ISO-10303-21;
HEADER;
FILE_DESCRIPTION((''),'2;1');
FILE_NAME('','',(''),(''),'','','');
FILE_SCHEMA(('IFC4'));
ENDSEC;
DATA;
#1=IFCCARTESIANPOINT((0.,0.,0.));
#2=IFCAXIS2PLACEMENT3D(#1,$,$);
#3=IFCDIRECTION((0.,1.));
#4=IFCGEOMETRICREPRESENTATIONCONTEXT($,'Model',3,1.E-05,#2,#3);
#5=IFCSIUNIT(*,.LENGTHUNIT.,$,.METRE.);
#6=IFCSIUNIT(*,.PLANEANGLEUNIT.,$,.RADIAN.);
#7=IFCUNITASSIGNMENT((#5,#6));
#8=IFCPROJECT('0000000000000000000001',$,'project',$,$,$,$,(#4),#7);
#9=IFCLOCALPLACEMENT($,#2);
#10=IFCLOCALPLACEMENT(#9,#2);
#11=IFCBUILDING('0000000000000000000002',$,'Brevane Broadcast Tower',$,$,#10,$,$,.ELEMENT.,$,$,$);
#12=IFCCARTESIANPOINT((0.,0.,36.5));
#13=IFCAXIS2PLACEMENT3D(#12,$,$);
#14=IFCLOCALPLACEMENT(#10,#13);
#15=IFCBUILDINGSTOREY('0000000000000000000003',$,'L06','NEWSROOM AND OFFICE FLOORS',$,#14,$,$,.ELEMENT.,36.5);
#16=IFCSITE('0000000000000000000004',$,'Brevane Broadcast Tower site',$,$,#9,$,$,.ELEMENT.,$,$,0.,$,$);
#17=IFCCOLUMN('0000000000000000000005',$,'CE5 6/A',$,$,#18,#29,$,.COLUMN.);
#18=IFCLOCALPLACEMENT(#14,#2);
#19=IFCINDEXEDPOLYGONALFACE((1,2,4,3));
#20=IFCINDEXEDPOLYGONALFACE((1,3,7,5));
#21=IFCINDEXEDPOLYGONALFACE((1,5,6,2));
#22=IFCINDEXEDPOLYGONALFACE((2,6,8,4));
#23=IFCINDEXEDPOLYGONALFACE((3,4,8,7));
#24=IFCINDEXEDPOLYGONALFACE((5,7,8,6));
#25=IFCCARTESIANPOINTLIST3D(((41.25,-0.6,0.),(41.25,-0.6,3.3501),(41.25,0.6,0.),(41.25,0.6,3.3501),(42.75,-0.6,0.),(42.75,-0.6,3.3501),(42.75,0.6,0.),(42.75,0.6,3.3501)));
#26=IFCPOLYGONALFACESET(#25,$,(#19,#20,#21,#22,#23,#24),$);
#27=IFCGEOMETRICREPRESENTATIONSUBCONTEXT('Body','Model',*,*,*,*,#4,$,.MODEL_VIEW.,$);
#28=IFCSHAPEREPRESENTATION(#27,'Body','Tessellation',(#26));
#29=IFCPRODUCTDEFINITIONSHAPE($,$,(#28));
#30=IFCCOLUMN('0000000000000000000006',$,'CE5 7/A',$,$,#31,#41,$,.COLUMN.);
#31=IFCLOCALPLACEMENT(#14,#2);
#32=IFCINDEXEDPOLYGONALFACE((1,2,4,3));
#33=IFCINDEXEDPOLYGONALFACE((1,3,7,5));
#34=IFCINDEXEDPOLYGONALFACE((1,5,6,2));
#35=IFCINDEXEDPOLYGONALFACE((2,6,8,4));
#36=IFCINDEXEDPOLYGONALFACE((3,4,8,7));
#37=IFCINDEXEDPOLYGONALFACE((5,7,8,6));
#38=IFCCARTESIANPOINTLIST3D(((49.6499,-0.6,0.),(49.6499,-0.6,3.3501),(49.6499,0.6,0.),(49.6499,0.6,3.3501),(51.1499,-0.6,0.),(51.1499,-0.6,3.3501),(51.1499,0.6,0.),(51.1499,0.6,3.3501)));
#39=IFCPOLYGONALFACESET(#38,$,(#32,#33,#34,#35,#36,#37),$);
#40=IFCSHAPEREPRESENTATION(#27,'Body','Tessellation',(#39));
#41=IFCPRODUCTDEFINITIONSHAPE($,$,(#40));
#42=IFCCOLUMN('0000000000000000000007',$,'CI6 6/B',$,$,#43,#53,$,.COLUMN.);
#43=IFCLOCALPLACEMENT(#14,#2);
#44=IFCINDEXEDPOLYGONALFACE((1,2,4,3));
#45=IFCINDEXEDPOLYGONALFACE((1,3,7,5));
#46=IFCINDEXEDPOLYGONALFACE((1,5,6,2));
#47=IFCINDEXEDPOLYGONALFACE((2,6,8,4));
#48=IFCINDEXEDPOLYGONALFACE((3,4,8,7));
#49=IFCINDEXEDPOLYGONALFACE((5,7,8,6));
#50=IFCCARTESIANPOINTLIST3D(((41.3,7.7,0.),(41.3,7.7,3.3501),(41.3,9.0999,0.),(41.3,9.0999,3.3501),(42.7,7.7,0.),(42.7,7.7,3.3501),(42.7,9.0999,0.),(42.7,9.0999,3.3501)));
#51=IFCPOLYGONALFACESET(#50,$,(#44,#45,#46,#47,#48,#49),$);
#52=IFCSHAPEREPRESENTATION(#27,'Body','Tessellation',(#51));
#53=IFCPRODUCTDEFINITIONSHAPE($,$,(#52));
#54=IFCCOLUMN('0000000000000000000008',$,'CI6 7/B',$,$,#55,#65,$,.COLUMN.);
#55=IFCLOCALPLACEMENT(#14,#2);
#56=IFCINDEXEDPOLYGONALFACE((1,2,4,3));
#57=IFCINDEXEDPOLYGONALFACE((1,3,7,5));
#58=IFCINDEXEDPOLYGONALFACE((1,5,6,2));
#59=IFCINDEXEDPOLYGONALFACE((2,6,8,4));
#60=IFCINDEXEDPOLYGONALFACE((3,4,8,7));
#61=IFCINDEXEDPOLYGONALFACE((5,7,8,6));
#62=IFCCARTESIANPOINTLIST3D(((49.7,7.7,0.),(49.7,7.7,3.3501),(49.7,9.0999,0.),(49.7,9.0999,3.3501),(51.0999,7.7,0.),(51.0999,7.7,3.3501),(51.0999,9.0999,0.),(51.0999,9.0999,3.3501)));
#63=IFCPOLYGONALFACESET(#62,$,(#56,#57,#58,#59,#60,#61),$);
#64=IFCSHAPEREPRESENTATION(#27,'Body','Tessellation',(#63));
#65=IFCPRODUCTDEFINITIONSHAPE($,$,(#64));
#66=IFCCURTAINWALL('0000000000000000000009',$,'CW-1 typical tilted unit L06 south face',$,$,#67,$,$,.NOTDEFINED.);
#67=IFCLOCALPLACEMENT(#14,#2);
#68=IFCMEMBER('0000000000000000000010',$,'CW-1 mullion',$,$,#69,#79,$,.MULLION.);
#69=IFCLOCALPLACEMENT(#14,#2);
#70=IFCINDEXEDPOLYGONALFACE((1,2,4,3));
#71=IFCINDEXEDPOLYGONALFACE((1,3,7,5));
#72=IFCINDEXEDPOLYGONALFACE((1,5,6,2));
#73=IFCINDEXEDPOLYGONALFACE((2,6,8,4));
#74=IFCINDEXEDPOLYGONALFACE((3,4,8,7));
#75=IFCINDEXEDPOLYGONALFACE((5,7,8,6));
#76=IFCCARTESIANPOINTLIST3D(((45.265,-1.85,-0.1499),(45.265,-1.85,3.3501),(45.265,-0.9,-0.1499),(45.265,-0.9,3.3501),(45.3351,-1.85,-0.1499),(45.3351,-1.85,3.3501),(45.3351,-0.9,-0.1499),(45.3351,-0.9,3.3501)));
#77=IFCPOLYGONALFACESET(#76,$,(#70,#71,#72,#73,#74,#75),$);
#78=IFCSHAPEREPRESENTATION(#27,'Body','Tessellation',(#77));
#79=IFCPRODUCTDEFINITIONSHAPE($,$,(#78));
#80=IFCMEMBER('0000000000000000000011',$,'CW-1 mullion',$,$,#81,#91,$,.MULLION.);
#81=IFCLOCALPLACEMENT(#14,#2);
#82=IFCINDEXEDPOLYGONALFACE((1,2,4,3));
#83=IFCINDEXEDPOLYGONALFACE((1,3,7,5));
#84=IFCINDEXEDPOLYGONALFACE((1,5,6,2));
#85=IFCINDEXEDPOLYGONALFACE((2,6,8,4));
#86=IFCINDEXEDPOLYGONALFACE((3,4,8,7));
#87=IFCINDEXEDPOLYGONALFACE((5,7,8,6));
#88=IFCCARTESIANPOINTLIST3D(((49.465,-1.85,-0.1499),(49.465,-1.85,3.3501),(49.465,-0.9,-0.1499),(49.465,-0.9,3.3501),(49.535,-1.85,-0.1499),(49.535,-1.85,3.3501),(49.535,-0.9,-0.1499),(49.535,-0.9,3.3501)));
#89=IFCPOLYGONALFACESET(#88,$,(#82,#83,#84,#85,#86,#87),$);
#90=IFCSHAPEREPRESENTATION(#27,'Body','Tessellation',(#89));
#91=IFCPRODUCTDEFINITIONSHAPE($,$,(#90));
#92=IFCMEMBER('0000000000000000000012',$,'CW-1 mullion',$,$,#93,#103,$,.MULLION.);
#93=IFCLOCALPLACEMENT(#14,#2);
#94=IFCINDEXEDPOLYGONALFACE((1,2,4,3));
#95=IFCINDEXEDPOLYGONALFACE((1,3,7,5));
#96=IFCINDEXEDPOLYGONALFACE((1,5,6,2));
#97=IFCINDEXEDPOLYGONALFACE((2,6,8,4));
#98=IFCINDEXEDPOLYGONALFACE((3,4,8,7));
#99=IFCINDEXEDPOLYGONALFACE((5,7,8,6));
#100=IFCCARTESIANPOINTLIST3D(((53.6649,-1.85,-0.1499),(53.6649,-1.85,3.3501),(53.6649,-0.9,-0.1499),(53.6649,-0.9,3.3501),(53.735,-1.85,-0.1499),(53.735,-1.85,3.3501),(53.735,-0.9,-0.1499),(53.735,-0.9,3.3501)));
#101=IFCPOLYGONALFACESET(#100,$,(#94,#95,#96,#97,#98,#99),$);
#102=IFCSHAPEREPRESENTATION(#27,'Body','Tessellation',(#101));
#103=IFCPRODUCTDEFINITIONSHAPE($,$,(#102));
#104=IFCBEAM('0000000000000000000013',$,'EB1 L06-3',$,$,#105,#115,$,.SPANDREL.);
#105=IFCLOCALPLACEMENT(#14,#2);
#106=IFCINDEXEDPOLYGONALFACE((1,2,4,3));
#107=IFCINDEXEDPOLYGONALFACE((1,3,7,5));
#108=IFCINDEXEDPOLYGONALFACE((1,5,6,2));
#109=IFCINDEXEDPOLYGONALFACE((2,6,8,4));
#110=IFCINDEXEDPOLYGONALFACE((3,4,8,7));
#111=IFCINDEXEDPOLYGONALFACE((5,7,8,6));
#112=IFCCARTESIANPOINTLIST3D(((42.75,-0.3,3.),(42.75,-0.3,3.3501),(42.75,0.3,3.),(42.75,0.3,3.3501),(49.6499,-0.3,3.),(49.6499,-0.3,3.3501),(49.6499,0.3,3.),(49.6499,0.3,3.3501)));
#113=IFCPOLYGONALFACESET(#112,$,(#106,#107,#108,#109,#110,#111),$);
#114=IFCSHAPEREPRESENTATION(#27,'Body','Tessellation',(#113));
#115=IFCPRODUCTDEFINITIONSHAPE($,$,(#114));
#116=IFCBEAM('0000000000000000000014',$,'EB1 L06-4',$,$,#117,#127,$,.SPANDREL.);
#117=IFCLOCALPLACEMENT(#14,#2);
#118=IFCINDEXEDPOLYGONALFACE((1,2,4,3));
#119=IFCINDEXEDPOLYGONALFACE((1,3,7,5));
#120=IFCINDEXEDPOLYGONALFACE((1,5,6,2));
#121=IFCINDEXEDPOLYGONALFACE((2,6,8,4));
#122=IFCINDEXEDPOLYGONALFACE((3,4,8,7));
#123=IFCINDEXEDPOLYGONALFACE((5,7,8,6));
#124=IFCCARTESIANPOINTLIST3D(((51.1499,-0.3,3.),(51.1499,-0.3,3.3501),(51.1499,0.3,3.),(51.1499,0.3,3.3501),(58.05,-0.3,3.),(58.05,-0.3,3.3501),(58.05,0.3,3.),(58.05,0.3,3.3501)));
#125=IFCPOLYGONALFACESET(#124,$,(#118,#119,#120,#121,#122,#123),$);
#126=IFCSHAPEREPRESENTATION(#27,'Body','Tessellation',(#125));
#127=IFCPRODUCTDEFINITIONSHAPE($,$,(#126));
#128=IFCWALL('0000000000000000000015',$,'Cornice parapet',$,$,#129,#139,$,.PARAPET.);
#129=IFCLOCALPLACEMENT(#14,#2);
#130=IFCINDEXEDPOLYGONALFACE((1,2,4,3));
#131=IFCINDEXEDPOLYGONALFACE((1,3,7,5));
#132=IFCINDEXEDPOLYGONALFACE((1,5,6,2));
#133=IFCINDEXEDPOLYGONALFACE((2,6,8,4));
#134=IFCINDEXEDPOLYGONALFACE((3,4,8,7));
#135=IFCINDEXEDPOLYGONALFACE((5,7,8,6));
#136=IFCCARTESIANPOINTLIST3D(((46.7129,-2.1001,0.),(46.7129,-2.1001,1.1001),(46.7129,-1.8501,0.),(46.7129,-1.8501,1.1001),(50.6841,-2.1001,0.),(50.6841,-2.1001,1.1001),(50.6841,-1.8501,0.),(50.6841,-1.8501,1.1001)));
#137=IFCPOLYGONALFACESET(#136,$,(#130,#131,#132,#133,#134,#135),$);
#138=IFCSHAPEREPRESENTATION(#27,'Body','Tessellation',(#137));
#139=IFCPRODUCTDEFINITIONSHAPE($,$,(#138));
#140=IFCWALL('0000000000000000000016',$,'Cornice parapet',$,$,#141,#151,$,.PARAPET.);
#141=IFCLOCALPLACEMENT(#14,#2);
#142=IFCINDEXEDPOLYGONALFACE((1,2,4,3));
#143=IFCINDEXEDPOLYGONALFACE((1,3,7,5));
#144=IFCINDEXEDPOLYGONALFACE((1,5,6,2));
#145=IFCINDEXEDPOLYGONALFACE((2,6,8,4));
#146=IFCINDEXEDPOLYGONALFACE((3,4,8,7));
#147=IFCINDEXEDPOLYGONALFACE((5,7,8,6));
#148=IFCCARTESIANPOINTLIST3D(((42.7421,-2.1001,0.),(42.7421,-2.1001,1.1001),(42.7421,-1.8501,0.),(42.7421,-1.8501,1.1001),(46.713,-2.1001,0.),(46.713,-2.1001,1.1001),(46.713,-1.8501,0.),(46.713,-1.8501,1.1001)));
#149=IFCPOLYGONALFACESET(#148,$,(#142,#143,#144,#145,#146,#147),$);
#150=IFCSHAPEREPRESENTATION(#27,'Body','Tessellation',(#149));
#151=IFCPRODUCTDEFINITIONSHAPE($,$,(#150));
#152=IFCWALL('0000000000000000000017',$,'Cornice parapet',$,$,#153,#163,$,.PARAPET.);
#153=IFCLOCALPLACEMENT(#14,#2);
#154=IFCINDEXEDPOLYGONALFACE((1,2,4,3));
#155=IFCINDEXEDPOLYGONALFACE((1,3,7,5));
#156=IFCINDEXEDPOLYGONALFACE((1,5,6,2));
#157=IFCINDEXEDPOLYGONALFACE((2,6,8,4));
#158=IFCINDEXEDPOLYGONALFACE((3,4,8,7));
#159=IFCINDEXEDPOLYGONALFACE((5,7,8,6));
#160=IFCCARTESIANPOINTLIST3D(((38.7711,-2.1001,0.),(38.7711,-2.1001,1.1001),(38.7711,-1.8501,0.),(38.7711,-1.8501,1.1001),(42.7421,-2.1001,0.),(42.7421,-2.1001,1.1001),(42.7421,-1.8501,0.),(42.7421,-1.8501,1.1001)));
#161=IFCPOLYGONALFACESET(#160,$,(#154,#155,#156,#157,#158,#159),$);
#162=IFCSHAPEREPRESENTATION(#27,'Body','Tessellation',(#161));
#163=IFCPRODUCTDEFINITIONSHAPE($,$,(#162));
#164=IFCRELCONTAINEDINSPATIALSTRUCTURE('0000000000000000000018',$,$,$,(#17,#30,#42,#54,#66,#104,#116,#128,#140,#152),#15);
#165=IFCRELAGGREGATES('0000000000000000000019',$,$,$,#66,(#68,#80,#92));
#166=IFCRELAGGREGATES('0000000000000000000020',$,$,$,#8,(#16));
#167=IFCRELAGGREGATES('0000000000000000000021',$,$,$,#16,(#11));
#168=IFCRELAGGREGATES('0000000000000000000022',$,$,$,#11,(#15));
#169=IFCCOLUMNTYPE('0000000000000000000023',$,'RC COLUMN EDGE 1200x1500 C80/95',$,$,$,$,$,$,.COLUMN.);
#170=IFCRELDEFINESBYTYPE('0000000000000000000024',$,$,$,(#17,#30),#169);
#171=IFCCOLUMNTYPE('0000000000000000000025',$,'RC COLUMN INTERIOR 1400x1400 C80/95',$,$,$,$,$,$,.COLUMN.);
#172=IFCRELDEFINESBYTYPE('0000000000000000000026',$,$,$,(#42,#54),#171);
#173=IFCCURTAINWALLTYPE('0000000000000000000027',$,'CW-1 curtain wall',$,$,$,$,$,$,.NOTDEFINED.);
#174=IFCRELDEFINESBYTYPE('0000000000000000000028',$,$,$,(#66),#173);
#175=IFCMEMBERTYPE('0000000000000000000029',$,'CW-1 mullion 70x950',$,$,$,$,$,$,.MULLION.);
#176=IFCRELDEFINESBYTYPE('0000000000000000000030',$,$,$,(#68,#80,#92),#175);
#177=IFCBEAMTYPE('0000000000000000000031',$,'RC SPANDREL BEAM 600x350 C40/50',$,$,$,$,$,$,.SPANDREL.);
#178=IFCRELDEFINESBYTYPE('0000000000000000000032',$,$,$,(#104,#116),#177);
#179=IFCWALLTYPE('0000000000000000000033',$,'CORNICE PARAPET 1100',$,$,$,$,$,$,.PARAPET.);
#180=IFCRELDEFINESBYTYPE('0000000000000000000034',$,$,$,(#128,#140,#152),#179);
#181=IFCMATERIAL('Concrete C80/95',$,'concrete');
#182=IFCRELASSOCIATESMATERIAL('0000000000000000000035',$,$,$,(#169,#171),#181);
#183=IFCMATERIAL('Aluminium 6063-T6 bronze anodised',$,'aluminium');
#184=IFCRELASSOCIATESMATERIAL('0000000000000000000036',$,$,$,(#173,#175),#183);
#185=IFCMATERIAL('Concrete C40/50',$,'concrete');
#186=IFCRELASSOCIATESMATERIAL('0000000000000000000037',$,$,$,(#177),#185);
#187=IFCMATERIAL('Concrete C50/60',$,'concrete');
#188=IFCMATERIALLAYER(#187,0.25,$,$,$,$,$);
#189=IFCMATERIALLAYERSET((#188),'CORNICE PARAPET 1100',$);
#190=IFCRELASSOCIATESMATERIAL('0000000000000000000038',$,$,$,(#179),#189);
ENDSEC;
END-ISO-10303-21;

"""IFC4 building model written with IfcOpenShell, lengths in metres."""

from ifc_helpers import new_model, si_unit, direction, frame, frame_2d, origin, origin_2d, place, context, subcontext, project, spatial, rectangle, extrude, material, layer, layer_set, material_profile, profile_set, type_object, element, aggregate, save


model = new_model("IFC4")

# Units and contexts
model_context = context("Model", 3, precision=1e-05, world=origin(), true_north=direction((0.0, 1.0)))
body_context = subcontext(model_context, "Body", "Model", "MODEL_VIEW")
ifc_project = project(units=[si_unit("LENGTHUNIT", "METRE"), si_unit("PLANEANGLEUNIT", "RADIAN")], contexts=[model_context])

# Site, building, storey
site_placement = place(None, origin())
site = spatial("IfcSite", under=ifc_project, at=site_placement, Name="Brevane Broadcast Tower site", CompositionType="ELEMENT", RefElevation=0.0)
building_placement = place(site_placement, origin())
building = spatial("IfcBuilding", under=site, at=building_placement, Name="Brevane Broadcast Tower", CompositionType="ELEMENT")
storey_placement = place(building_placement, frame((0.0, 0.0, 36.5)))
storey = spatial("IfcBuildingStorey", under=building, at=storey_placement, Name="L06", Description="NEWSROOM AND OFFICE FLOORS", CompositionType="ELEMENT", Elevation=36.5)

# Columns
ifc_material_1 = material(Name="Concrete C80/95", Category="concrete")
ifc_material_profile_1 = material_profile(ifc_material_1, rectangle(XDim=1.2, YDim=1.5, at=origin_2d()), Name="RC 1200x1500")
ifc_profile_set_1 = profile_set([ifc_material_profile_1], Name="Concrete C80/95")
column_type_1 = type_object("IfcColumnType", Name="RC COLUMN EDGE 1200x1500 C80/95", PredefinedType="COLUMN", material=ifc_profile_set_1)
for number, where, z_axis, x_axis, name in (
    (1, (42.0, 0.0, 0.0), (0.0, 0.0, 1.0), (0.0, 1.0, 0.0), "CE5 6/A"),
    (2, (50.3999, 0.0, 0.0), (0.0, 0.0, 1.0), (0.0, 1.0, 0.0), "CE5 7/A"),
):
    element("IfcColumn", number, at=place(storey_placement, frame(where, z_axis=z_axis, x_axis=x_axis)), inside=storey, type_object=column_type_1, Name=name, PredefinedType="COLUMN", context=body_context, shape_type="SweptSolid", body=[
        extrude(rectangle(XDim=1.2, YDim=1.5, at=origin_2d()), origin(), (0.0, 0.0, 1.0), 3.3501),
    ])
ifc_material_profile_2 = material_profile(ifc_material_1, rectangle(XDim=1.3999, YDim=1.3999, at=origin_2d()), Name="RC 1400x1400")
ifc_profile_set_2 = profile_set([ifc_material_profile_2], Name="Concrete C80/95")
column_type_2 = type_object("IfcColumnType", Name="RC COLUMN INTERIOR 1400x1400 C80/95", PredefinedType="COLUMN", material=ifc_profile_set_2)
for number, where, z_axis, x_axis, name in (
    (3, (42.0, 8.3999, 0.0), (0.0, 0.0, 1.0), (1.0, 0.0, 0.0), "CI6 6/B"),
    (4, (50.3999, 8.3999, 0.0), (0.0, 0.0, 1.0), (1.0, 0.0, 0.0), "CI6 7/B"),
):
    element("IfcColumn", number, at=place(storey_placement, frame(where, z_axis=z_axis, x_axis=x_axis)), inside=storey, type_object=column_type_2, Name=name, PredefinedType="COLUMN", context=body_context, shape_type="SweptSolid", body=[
        extrude(rectangle(XDim=1.3999, YDim=1.3999, at=origin_2d()), origin(), (0.0, 0.0, 1.0), 3.3501),
    ])

# Curtain wall, members
ifc_material_2 = material(Name="Aluminium 6063-T6 bronze anodised", Category="aluminium")
curtain_wall_type = type_object("IfcCurtainWallType", Name="CW-1 curtain wall", PredefinedType="NOTDEFINED", material=ifc_material_2)
curtain_wall_placement = place(storey_placement, origin())
curtain_wall = element("IfcCurtainWall", 5, at=curtain_wall_placement, inside=storey, type_object=curtain_wall_type, Name="CW-1 typical tilted unit L06 south face", PredefinedType="NOTDEFINED")
ifc_material_profile_3 = material_profile(ifc_material_2, rectangle(XDim=0.95, YDim=0.0701, at=origin_2d()), Name="RECT 70x950")
ifc_profile_set_3 = profile_set([ifc_material_profile_3], Name="Aluminium 6063-T6 bronze anodised")
member_type = type_object("IfcMemberType", Name="CW-1 mullion 70x950", PredefinedType="MULLION", material=ifc_profile_set_3)
member_1_placement = place(storey_placement, frame((45.3, -1.375, -0.1499), z_axis=(0.0, 0.0, 1.0), x_axis=(0.0, 1.0, 0.0)))
member_1 = element("IfcMember", 6, at=member_1_placement, type_object=member_type, Name="CW-1 mullion", PredefinedType="MULLION", context=body_context, shape_type="SweptSolid", body=[
    extrude(rectangle(XDim=0.95, YDim=0.0701, at=origin_2d()), origin(), (0.0, 0.0, 1.0), 3.5),
])
member_2_placement = place(storey_placement, frame((49.5, -1.375, -0.1499), z_axis=(0.0, 0.0, 1.0), x_axis=(0.0, 1.0, 0.0)))
member_2 = element("IfcMember", 7, at=member_2_placement, type_object=member_type, Name="CW-1 mullion", PredefinedType="MULLION", context=body_context, shape_type="SweptSolid", body=[
    extrude(rectangle(XDim=0.95, YDim=0.0701, at=origin_2d()), origin(), (0.0, 0.0, 1.0), 3.5),
])
member_3_placement = place(storey_placement, frame((53.7, -1.375, -0.1499), z_axis=(0.0, 0.0, 1.0), x_axis=(0.0, 1.0, 0.0)))
member_3 = element("IfcMember", 8, at=member_3_placement, type_object=member_type, Name="CW-1 mullion", PredefinedType="MULLION", context=body_context, shape_type="SweptSolid", body=[
    extrude(rectangle(XDim=0.95, YDim=0.0701, at=origin_2d()), origin(), (0.0, 0.0, 1.0), 3.5),
])
aggregate(curtain_wall, [member_1, member_2, member_3])

# Beams
ifc_material_3 = material(Name="Concrete C40/50", Category="concrete")
ifc_material_profile_4 = material_profile(ifc_material_3, rectangle(XDim=0.6001, YDim=0.3501, at=origin_2d()), Name="RC 600x350")
ifc_profile_set_4 = profile_set([ifc_material_profile_4], Name="Concrete C40/50")
beam_type = type_object("IfcBeamType", Name="RC SPANDREL BEAM 600x350 C40/50", PredefinedType="SPANDREL", material=ifc_profile_set_4)
beam_1_placement = place(storey_placement, frame((42.75, 0.0, 3.175), z_axis=(1.0, 0.0, 0.0), x_axis=(0.0, 1.0, 0.0)))
element("IfcBeam", 9, at=beam_1_placement, inside=storey, type_object=beam_type, Name="EB1 L06-3", PredefinedType="SPANDREL", context=body_context, shape_type="SweptSolid", body=[
    extrude(rectangle(XDim=0.6001, YDim=0.3501, at=origin_2d()), origin(), (0.0, 0.0, 1.0), 6.8999),
])
beam_2_placement = place(storey_placement, frame((51.1499, 0.0, 3.175), z_axis=(1.0, 0.0, 0.0), x_axis=(0.0, 1.0, 0.0)))
element("IfcBeam", 10, at=beam_2_placement, inside=storey, type_object=beam_type, Name="EB1 L06-4", PredefinedType="SPANDREL", context=body_context, shape_type="SweptSolid", body=[
    extrude(rectangle(XDim=0.6001, YDim=0.3501, at=origin_2d()), origin(), (0.0, 0.0, 1.0), 6.9001),
])

# Walls
ifc_material_4 = material(Name="Concrete C50/60", Category="concrete")
ifc_layer_1 = layer(ifc_material_4, 0.25)
ifc_layer_set_1 = layer_set([ifc_layer_1], Name="CORNICE PARAPET 1100")
wall_type_1 = type_object("IfcWallType", Name="CORNICE PARAPET 1100", PredefinedType="PARAPET", material=ifc_layer_set_1)
wall_1_placement = place(storey_placement, frame((50.6841, -1.9751, 0.0), z_axis=(0.0, 0.0, 1.0), x_axis=(-1.0, 0.0, 0.0)))
element("IfcWall", 11, at=wall_1_placement, inside=storey, type_object=wall_type_1, Name="Cornice parapet", PredefinedType="PARAPET", context=body_context, shape_type="SweptSolid", body=[
    extrude(rectangle(XDim=3.9712, YDim=0.25, at=frame_2d((1.9856, 0.0))), origin(), (0.0, 0.0, 1.0), 1.1001),
])
for number, where, z_axis, x_axis, name in (
    (12, (46.7129, -1.9751, 0.0), (0.0, 0.0, 1.0), (-1.0, 0.0, 0.0), "Cornice parapet"),
    (13, (42.7419, -1.9751, 0.0), (0.0, 0.0, 1.0), (-1.0, 0.0, 0.0), "Cornice parapet"),
):
    element("IfcWall", number, at=place(storey_placement, frame(where, z_axis=z_axis, x_axis=x_axis)), inside=storey, type_object=wall_type_1, Name=name, PredefinedType="PARAPET", context=body_context, shape_type="SweptSolid", body=[
        extrude(rectangle(XDim=3.9709, YDim=0.25, at=frame_2d((1.9854, 0.0))), origin(), (0.0, 0.0, 1.0), 1.1001),
    ])

save(model, "model.ifc")
